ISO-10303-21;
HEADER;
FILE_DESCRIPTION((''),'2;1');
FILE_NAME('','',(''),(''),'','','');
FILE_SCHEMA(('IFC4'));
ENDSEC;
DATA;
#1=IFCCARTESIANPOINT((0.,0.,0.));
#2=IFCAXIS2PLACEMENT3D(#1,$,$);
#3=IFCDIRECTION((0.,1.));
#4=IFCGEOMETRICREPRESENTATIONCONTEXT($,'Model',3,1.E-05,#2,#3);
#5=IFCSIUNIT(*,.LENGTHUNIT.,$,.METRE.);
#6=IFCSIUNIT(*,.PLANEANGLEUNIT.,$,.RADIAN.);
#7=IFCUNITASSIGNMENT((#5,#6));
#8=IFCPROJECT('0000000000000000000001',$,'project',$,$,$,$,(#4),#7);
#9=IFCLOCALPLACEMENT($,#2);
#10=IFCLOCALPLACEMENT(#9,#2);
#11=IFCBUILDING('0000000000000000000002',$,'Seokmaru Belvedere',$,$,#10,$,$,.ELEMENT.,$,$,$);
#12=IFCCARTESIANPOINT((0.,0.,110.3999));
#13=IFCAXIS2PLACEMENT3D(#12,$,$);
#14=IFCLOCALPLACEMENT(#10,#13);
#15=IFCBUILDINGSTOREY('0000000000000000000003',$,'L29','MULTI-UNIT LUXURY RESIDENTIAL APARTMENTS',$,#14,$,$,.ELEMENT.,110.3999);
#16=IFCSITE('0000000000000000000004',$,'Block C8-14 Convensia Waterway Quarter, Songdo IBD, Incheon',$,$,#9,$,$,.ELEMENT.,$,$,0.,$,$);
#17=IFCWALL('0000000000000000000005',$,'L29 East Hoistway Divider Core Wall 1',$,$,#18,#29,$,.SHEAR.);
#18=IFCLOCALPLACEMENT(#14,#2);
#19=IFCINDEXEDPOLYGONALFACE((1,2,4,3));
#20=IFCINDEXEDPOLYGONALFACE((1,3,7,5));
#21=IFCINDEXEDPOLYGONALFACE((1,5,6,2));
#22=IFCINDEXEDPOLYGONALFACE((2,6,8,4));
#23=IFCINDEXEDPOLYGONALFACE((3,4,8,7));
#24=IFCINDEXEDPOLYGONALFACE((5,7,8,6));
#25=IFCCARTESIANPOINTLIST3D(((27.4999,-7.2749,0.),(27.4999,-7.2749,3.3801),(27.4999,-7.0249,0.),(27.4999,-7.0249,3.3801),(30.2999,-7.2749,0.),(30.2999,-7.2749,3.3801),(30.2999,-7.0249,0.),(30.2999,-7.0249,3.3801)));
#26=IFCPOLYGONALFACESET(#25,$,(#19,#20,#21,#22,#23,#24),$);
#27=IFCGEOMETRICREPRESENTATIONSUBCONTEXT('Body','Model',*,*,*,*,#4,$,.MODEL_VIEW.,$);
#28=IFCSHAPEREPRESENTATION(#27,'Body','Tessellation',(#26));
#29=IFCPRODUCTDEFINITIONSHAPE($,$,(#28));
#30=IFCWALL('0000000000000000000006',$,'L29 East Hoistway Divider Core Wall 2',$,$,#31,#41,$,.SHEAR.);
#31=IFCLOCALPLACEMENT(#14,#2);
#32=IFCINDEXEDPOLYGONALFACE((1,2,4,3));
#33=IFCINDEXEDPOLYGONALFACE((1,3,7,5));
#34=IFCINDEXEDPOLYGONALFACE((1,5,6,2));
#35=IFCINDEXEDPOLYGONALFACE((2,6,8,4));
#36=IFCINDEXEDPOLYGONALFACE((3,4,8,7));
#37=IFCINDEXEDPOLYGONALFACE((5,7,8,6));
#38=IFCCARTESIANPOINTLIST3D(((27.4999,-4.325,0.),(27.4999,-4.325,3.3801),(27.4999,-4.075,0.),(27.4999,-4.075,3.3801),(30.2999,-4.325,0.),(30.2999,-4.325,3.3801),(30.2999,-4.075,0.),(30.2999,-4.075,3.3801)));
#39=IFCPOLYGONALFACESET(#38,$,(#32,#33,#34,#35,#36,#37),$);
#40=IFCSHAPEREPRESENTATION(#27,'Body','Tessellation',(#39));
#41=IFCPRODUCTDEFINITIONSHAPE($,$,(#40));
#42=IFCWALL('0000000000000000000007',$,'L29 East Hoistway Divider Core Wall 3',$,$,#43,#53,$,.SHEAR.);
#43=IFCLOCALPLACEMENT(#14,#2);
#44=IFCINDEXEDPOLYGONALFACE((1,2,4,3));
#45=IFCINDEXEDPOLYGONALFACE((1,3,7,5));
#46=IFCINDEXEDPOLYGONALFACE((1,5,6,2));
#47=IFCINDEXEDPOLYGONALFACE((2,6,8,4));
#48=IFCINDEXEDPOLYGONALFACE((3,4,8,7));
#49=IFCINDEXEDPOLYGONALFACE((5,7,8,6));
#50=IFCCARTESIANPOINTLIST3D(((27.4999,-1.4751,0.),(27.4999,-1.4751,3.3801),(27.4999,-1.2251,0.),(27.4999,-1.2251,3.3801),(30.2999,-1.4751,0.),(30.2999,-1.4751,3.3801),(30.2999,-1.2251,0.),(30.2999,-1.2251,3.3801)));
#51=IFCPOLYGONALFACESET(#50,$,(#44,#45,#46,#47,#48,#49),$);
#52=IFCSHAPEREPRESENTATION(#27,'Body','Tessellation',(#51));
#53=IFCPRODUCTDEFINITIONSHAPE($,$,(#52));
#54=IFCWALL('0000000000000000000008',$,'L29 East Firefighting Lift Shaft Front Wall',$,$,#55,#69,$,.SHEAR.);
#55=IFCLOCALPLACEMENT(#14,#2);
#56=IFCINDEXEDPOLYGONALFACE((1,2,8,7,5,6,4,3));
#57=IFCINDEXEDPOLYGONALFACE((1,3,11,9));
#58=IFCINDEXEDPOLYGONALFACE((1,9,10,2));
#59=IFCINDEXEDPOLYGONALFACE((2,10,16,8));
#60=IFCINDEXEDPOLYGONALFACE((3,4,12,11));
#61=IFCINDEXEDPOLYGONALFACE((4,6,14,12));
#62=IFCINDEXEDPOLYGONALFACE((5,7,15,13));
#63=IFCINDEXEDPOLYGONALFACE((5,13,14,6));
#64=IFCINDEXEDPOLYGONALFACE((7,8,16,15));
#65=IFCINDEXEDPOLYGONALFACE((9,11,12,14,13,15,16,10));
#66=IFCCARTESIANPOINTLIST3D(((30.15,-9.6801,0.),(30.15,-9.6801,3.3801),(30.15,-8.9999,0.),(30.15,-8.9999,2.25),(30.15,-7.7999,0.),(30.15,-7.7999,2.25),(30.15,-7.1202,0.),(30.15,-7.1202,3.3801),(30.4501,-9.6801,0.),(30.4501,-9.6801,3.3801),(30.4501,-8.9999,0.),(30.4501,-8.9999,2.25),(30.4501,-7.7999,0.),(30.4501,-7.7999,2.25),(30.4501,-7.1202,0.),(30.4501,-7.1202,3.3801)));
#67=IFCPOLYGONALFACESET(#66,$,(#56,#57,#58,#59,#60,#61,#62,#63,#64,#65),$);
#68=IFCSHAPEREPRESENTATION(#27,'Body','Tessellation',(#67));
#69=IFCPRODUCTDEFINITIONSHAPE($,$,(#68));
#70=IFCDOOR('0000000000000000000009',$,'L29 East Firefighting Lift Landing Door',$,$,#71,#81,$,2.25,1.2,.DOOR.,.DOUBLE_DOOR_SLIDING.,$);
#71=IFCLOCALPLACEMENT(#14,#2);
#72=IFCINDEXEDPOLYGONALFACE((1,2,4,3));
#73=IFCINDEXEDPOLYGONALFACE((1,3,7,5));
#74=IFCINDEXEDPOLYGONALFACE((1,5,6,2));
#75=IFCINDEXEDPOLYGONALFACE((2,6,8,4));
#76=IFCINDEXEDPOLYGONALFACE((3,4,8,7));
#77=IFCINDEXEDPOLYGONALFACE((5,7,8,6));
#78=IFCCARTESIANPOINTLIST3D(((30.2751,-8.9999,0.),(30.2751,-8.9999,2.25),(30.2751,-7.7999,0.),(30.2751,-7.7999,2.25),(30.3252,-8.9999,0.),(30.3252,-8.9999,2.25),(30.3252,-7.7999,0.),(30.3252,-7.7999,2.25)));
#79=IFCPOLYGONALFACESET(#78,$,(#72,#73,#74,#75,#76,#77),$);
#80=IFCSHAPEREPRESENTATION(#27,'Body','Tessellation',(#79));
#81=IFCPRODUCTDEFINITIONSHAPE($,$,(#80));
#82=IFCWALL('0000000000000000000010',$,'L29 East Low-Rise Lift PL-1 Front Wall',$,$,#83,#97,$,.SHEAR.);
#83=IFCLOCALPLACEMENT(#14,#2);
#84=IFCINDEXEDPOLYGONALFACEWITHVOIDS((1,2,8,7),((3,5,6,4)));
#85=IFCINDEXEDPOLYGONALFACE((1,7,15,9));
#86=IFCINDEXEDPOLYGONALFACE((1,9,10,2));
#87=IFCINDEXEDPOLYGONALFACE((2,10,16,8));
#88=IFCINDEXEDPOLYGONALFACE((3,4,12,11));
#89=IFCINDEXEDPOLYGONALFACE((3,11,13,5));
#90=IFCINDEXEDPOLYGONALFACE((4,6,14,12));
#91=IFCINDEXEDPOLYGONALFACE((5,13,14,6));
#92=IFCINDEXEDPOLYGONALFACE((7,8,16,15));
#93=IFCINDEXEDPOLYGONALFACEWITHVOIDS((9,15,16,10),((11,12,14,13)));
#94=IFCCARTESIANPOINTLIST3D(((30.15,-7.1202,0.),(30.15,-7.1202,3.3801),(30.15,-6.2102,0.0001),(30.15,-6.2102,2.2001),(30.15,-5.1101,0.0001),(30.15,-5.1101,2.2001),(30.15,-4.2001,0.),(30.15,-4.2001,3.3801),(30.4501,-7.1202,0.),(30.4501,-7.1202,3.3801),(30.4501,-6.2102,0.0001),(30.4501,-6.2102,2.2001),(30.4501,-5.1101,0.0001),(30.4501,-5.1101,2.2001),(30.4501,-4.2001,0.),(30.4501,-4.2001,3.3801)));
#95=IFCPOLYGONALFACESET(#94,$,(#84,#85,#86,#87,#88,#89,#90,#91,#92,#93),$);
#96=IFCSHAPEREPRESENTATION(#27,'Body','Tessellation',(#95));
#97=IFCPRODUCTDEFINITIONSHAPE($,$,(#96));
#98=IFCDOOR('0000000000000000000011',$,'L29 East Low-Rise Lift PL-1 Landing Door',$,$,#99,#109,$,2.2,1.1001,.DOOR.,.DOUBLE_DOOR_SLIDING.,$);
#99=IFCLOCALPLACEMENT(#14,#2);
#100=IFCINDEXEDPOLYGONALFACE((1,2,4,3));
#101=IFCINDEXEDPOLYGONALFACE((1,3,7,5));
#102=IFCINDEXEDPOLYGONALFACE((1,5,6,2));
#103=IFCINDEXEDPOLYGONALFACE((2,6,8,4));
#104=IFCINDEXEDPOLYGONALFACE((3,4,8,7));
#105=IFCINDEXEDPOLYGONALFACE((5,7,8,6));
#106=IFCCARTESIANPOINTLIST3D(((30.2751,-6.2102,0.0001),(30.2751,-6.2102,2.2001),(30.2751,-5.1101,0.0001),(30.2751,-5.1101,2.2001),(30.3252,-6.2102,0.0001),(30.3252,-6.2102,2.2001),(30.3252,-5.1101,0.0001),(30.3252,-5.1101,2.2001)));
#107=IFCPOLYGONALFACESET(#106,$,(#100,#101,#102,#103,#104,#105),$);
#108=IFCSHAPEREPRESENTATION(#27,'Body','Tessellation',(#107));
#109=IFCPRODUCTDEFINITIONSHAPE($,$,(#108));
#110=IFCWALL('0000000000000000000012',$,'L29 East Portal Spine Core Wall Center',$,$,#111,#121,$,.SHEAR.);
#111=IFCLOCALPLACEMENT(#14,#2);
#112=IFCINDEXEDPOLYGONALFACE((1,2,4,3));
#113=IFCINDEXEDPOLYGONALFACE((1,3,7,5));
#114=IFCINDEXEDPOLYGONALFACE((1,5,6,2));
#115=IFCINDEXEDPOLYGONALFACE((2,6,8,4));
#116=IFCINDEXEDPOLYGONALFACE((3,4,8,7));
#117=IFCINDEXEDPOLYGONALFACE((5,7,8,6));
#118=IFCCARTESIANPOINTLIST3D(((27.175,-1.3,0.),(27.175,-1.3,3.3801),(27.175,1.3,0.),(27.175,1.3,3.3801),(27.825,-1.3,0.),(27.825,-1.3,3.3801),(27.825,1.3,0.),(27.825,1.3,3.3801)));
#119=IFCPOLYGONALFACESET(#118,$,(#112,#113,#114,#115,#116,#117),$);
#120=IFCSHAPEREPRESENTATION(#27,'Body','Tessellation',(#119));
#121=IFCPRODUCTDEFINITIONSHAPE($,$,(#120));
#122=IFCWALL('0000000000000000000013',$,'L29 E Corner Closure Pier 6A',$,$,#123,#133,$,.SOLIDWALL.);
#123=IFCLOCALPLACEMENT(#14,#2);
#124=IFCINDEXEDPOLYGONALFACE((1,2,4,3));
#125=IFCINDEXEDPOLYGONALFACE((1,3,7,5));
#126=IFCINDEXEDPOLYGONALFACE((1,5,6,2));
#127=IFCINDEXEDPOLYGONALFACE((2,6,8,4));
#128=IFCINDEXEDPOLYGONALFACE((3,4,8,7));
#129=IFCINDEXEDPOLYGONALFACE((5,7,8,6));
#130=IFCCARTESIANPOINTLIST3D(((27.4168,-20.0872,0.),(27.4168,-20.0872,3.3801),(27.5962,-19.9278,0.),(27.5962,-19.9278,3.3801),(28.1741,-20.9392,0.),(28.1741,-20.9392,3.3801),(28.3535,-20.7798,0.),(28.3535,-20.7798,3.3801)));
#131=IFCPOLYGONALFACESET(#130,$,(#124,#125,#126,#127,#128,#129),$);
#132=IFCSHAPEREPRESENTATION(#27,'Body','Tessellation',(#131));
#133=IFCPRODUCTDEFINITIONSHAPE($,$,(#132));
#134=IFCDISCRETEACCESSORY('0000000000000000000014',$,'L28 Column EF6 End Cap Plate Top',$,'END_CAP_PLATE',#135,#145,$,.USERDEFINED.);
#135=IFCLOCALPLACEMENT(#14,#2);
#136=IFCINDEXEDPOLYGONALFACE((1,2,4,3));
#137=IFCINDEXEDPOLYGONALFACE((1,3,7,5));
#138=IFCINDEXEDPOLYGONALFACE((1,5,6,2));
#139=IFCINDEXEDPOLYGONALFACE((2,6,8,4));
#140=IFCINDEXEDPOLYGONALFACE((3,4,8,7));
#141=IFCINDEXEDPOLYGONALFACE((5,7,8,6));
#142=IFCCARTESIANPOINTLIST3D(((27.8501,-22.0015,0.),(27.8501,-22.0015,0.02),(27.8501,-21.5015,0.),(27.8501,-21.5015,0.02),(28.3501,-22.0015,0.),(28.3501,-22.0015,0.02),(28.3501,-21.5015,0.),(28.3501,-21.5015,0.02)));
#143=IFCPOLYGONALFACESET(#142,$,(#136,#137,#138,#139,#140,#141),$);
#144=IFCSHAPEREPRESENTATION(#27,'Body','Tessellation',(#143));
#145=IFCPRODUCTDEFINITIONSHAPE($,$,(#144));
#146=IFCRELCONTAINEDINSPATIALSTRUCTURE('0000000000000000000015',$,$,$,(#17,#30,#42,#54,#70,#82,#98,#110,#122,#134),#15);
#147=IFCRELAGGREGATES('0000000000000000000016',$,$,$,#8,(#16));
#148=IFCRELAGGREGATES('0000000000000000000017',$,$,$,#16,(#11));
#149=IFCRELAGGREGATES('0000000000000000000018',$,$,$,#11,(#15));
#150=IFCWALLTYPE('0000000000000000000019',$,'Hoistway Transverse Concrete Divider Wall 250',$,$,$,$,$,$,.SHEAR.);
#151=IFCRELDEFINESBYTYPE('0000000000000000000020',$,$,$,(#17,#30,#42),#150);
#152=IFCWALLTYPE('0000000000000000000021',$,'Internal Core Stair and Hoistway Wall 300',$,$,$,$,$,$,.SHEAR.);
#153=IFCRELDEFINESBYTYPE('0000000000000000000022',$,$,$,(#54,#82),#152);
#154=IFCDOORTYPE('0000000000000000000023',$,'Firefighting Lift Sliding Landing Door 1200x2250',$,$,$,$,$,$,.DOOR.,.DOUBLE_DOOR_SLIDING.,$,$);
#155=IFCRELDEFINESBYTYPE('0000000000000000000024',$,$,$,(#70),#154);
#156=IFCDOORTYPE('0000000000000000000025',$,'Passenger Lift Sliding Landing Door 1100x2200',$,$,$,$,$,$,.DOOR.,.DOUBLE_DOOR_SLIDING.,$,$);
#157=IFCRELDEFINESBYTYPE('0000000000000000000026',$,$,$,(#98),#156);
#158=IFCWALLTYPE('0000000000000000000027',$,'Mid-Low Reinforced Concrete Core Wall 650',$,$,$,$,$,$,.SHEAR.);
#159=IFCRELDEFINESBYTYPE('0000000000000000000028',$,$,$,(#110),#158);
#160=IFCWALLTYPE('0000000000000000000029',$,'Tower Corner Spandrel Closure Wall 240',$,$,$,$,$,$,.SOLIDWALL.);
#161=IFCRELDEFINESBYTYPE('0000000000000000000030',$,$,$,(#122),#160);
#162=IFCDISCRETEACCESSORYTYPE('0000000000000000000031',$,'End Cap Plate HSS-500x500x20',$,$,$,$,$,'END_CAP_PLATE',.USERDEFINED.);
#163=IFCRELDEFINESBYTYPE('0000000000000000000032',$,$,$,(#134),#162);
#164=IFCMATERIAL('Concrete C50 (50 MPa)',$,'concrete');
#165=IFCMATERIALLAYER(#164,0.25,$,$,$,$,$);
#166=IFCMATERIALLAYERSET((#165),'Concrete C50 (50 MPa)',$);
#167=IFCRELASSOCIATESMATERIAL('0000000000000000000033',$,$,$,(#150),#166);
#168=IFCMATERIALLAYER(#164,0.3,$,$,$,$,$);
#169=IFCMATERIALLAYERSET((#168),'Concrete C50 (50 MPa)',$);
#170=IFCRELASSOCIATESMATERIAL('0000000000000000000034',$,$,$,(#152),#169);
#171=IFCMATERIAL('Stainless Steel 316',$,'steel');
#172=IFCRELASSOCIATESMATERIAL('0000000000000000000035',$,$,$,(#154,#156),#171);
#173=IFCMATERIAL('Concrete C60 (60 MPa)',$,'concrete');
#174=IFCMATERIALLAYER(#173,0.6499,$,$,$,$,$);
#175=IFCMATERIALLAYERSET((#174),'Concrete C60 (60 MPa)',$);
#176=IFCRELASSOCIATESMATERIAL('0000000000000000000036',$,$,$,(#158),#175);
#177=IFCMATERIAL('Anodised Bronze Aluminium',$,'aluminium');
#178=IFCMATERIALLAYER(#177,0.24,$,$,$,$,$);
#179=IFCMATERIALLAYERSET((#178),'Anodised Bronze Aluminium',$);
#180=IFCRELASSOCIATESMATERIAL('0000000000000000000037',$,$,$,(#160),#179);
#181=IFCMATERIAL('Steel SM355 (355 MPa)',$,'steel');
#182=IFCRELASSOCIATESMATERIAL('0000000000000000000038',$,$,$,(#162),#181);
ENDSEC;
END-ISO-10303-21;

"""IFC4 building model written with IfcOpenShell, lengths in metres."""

from ifc_helpers import new_model, si_unit, direction, frame, frame_2d, origin, origin_2d, place, context, subcontext, project, spatial, rectangle, extrude, source, transform, mapped, material, layer, layer_set, type_object, type_shapes, element, fill, save


model = new_model("IFC4")

# Units and contexts
model_context = context("Model", 3, precision=1e-05, world=origin(), true_north=direction((0.0, 1.0)))
body_context = subcontext(model_context, "Body", "Model", "MODEL_VIEW")
ifc_project = project(units=[si_unit("LENGTHUNIT", "METRE"), si_unit("PLANEANGLEUNIT", "RADIAN")], contexts=[model_context])

# Site, building, storey
site_placement = place(None, origin())
site = spatial("IfcSite", under=ifc_project, at=site_placement, Name="Block C8-14 Convensia Waterway Quarter, Songdo IBD, Incheon", CompositionType="ELEMENT", RefElevation=0.0)
building_placement = place(site_placement, origin())
building = spatial("IfcBuilding", under=site, at=building_placement, Name="Seokmaru Belvedere", CompositionType="ELEMENT")
storey_placement = place(building_placement, frame((0.0, 0.0, 110.3999)))
storey = spatial("IfcBuildingStorey", under=building, at=storey_placement, Name="L29", Description="MULTI-UNIT LUXURY RESIDENTIAL APARTMENTS", CompositionType="ELEMENT", Elevation=110.3999)

# Shared definitions
ifc_material_1 = material(Name="Steel SM355 (355 MPa)", Category="steel")

# Shared definitions
ifc_material_2 = material(Name="Anodised Bronze Aluminium", Category="aluminium")

# Walls
ifc_material_3 = material(Name="Concrete C50 (50 MPa)", Category="concrete")
ifc_layer_1 = layer(ifc_material_3, 0.25)
ifc_layer_set_1 = layer_set([ifc_layer_1], Name="Concrete C50 (50 MPa)")
wall_type_1 = type_object("IfcWallType", Name="Hoistway Transverse Concrete Divider Wall 250", PredefinedType="SHEAR", material=ifc_layer_set_1)
for number, where, z_axis, x_axis, name in (
    (1, (27.5, -7.1499, 0.0), (0.0, 0.0, 1.0), (1.0, 0.0, 0.0), "L29 East Hoistway Divider Core Wall 1"),
    (2, (27.5, -4.2, 0.0), (0.0, 0.0, 1.0), (1.0, 0.0, 0.0), "L29 East Hoistway Divider Core Wall 2"),
    (3, (27.5, -1.3501, 0.0), (0.0, 0.0, 1.0), (1.0, 0.0, 0.0), "L29 East Hoistway Divider Core Wall 3"),
):
    element("IfcWall", number, at=place(storey_placement, frame(where, z_axis=z_axis, x_axis=x_axis)), inside=storey, type_object=wall_type_1, Name=name, PredefinedType="SHEAR", context=body_context, shape_type="SweptSolid", body=[
        extrude(rectangle(XDim=2.8, YDim=0.25, at=frame_2d((1.3999, 0.0))), origin(), (0.0, 0.0, 1.0), 3.3801),
    ])

# Walls, openings, doors
ifc_layer_2 = layer(ifc_material_3, 0.3)
ifc_layer_set_2 = layer_set([ifc_layer_2], Name="Concrete C50 (50 MPa)")
wall_type_2 = type_object("IfcWallType", Name="Internal Core Stair and Hoistway Wall 300", PredefinedType="SHEAR", material=ifc_layer_set_2)
wall_1_placement = place(storey_placement, frame((30.3, -9.6799, 0.0), z_axis=(0.0, 0.0, 1.0), x_axis=(0.0, 1.0, 0.0)))
wall_1 = element("IfcWall", 4, at=wall_1_placement, inside=storey, type_object=wall_type_2, Name="L29 East Firefighting Lift Shaft Front Wall", PredefinedType="SHEAR", context=body_context, shape_type="SweptSolid", body=[
    extrude(rectangle(XDim=2.5598, YDim=0.3, at=frame_2d((1.2798, 0.0))), origin(), (0.0, 0.0, 1.0), 3.3801),
])
opening_1_placement = place(wall_1_placement, frame((0.6799, 0.0, 0.0)))
opening_1 = element("IfcOpeningElement", 5, at=opening_1_placement, cuts=wall_1, PredefinedType="OPENING", context=body_context, shape_type="SweptSolid", body=[
    extrude(rectangle(XDim=1.2, YDim=2.25, at=frame_2d((0.6001, 1.125))), frame((0.0, 0.1602, 0.0), z_axis=(0.0, -1.0, 0.0), x_axis=(1.0, 0.0, 0.0)), (0.0, 0.0, 1.0), 0.3201),
])
ifc_material_4 = material(Name="Stainless Steel 316", Category="steel")
door_type_1 = type_object("IfcDoorType", Name="Firefighting Lift Sliding Landing Door 1200x2250", OperationType="DOUBLE_DOOR_SLIDING", PredefinedType="DOOR", material=ifc_material_4)
shared_shape_1 = source(origin(), body_context, "Body", "SweptSolid", [
    extrude(rectangle(XDim=1.2, YDim=2.25, at=frame_2d((0.6001, 1.125))), frame((0.0, 0.0249, 0.0), z_axis=(0.0, -1.0, 0.0), x_axis=(1.0, 0.0, 0.0)), (0.0, 0.0, 1.0), 0.05),
])
type_shapes(door_type_1, [shared_shape_1])
door_1_placement = place(opening_1_placement, origin())
door_1 = element("IfcDoor", 6, at=door_1_placement, inside=storey, type_object=door_type_1, Name="L29 East Firefighting Lift Landing Door", OperationType="DOUBLE_DOOR_SLIDING", OverallHeight=2.25, OverallWidth=1.2, PredefinedType="DOOR", context=body_context, shape_type="MappedRepresentation", body=[
    mapped(shared_shape_1, transform((0.0, 0.0, 0.0), scale=1.0)),
])
fill(opening_1, door_1)
wall_2_placement = place(storey_placement, frame((30.3, -7.1201, 0.0), z_axis=(0.0, 0.0, 1.0), x_axis=(0.0, 1.0, 0.0)))
wall_2 = element("IfcWall", 7, at=wall_2_placement, inside=storey, type_object=wall_type_2, Name="L29 East Low-Rise Lift PL-1 Front Wall", PredefinedType="SHEAR", context=body_context, shape_type="SweptSolid", body=[
    extrude(rectangle(XDim=2.9202, YDim=0.3, at=frame_2d((1.46, 0.0))), origin(), (0.0, 0.0, 1.0), 3.3801),
])
opening_2_placement = place(wall_2_placement, frame((0.9099, 0.0, 0.0)))
opening_2 = element("IfcOpeningElement", 8, at=opening_2_placement, cuts=wall_2, PredefinedType="OPENING", context=body_context, shape_type="SweptSolid", body=[
    extrude(rectangle(XDim=1.1001, YDim=2.2, at=frame_2d((0.55, 1.1001))), frame((0.0, 0.1602, 0.0), z_axis=(0.0, -1.0, 0.0), x_axis=(1.0, 0.0, 0.0)), (0.0, 0.0, 1.0), 0.3201),
])
door_type_2 = type_object("IfcDoorType", Name="Passenger Lift Sliding Landing Door 1100x2200", OperationType="DOUBLE_DOOR_SLIDING", PredefinedType="DOOR", material=ifc_material_4)
shared_shape_2 = source(origin(), body_context, "Body", "SweptSolid", [
    extrude(rectangle(XDim=1.1001, YDim=2.2, at=frame_2d((0.55, 1.1001))), frame((0.0, 0.0249, 0.0), z_axis=(0.0, -1.0, 0.0), x_axis=(1.0, 0.0, 0.0)), (0.0, 0.0, 1.0), 0.05),
])
type_shapes(door_type_2, [shared_shape_2])
door_2_placement = place(opening_2_placement, origin())
door_2 = element("IfcDoor", 9, at=door_2_placement, inside=storey, type_object=door_type_2, Name="L29 East Low-Rise Lift PL-1 Landing Door", OperationType="DOUBLE_DOOR_SLIDING", OverallHeight=2.2, OverallWidth=1.1001, PredefinedType="DOOR", context=body_context, shape_type="MappedRepresentation", body=[
    mapped(shared_shape_2, transform((0.0, 0.0, 0.0), scale=1.0)),
])
fill(opening_2, door_2)

# Walls
ifc_material_5 = material(Name="Concrete C60 (60 MPa)", Category="concrete")
ifc_layer_3 = layer(ifc_material_5, 0.6499)
ifc_layer_set_3 = layer_set([ifc_layer_3], Name="Concrete C60 (60 MPa)")
wall_type_3 = type_object("IfcWallType", Name="Mid-Low Reinforced Concrete Core Wall 650", PredefinedType="SHEAR", material=ifc_layer_set_3)
wall_3_placement = place(storey_placement, frame((27.5, -1.3, 0.0), z_axis=(0.0, 0.0, 1.0), x_axis=(0.0, 1.0, 0.0)))
element("IfcWall", 10, at=wall_3_placement, inside=storey, type_object=wall_type_3, Name="L29 East Portal Spine Core Wall Center", PredefinedType="SHEAR", context=body_context, shape_type="SweptSolid", body=[
    extrude(rectangle(XDim=2.6001, YDim=0.6499, at=frame_2d((1.3, 0.0))), origin(), (0.0, 0.0, 1.0), 3.3801),
])
ifc_layer_4 = layer(ifc_material_2, 0.24)
ifc_layer_set_4 = layer_set([ifc_layer_4], Name="Anodised Bronze Aluminium")
wall_type_4 = type_object("IfcWallType", Name="Tower Corner Spandrel Closure Wall 240", PredefinedType="SOLIDWALL", material=ifc_layer_set_4)
wall_4_placement = place(storey_placement, frame((27.5066, -20.0076, 0.0), z_axis=(0.0, 0.0, 1.0), x_axis=(0.664337, -0.747433, 0.0)))
element("IfcWall", 11, at=wall_4_placement, inside=storey, type_object=wall_type_4, Name="L29 E Corner Closure Pier 6A", PredefinedType="SOLIDWALL", context=body_context, shape_type="SweptSolid", body=[
    extrude(rectangle(XDim=1.1399, YDim=0.24, at=frame_2d((0.5698, 0.0))), origin(), (0.0, 0.0, 1.0), 3.3801),
])

# Discrete accessory
discrete_accessory_type = type_object("IfcDiscreteAccessoryType", Name="End Cap Plate HSS-500x500x20", ElementType="END_CAP_PLATE", PredefinedType="USERDEFINED", material=ifc_material_1)
shared_shape_3 = source(origin(), body_context, "Body", "SweptSolid", [
    extrude(rectangle(XDim=0.5, YDim=0.5, at=origin_2d()), origin(), (0.0, 0.0, 1.0), 0.02),
])
type_shapes(discrete_accessory_type, [shared_shape_3])
discrete_accessory_placement = place(storey_placement, frame((28.1001, -21.7515, 0.0), z_axis=(0.0, 0.0, 1.0), x_axis=(1.0, 0.0, 0.0)))
element("IfcDiscreteAccessory", 12, at=discrete_accessory_placement, inside=storey, type_object=discrete_accessory_type, Name="L28 Column EF6 End Cap Plate Top", ObjectType="END_CAP_PLATE", PredefinedType="USERDEFINED", context=body_context, shape_type="MappedRepresentation", body=[
    mapped(shared_shape_3, transform((0.0, 0.0, 0.0), scale=1.0)),
])

save(model, "model.ifc")
